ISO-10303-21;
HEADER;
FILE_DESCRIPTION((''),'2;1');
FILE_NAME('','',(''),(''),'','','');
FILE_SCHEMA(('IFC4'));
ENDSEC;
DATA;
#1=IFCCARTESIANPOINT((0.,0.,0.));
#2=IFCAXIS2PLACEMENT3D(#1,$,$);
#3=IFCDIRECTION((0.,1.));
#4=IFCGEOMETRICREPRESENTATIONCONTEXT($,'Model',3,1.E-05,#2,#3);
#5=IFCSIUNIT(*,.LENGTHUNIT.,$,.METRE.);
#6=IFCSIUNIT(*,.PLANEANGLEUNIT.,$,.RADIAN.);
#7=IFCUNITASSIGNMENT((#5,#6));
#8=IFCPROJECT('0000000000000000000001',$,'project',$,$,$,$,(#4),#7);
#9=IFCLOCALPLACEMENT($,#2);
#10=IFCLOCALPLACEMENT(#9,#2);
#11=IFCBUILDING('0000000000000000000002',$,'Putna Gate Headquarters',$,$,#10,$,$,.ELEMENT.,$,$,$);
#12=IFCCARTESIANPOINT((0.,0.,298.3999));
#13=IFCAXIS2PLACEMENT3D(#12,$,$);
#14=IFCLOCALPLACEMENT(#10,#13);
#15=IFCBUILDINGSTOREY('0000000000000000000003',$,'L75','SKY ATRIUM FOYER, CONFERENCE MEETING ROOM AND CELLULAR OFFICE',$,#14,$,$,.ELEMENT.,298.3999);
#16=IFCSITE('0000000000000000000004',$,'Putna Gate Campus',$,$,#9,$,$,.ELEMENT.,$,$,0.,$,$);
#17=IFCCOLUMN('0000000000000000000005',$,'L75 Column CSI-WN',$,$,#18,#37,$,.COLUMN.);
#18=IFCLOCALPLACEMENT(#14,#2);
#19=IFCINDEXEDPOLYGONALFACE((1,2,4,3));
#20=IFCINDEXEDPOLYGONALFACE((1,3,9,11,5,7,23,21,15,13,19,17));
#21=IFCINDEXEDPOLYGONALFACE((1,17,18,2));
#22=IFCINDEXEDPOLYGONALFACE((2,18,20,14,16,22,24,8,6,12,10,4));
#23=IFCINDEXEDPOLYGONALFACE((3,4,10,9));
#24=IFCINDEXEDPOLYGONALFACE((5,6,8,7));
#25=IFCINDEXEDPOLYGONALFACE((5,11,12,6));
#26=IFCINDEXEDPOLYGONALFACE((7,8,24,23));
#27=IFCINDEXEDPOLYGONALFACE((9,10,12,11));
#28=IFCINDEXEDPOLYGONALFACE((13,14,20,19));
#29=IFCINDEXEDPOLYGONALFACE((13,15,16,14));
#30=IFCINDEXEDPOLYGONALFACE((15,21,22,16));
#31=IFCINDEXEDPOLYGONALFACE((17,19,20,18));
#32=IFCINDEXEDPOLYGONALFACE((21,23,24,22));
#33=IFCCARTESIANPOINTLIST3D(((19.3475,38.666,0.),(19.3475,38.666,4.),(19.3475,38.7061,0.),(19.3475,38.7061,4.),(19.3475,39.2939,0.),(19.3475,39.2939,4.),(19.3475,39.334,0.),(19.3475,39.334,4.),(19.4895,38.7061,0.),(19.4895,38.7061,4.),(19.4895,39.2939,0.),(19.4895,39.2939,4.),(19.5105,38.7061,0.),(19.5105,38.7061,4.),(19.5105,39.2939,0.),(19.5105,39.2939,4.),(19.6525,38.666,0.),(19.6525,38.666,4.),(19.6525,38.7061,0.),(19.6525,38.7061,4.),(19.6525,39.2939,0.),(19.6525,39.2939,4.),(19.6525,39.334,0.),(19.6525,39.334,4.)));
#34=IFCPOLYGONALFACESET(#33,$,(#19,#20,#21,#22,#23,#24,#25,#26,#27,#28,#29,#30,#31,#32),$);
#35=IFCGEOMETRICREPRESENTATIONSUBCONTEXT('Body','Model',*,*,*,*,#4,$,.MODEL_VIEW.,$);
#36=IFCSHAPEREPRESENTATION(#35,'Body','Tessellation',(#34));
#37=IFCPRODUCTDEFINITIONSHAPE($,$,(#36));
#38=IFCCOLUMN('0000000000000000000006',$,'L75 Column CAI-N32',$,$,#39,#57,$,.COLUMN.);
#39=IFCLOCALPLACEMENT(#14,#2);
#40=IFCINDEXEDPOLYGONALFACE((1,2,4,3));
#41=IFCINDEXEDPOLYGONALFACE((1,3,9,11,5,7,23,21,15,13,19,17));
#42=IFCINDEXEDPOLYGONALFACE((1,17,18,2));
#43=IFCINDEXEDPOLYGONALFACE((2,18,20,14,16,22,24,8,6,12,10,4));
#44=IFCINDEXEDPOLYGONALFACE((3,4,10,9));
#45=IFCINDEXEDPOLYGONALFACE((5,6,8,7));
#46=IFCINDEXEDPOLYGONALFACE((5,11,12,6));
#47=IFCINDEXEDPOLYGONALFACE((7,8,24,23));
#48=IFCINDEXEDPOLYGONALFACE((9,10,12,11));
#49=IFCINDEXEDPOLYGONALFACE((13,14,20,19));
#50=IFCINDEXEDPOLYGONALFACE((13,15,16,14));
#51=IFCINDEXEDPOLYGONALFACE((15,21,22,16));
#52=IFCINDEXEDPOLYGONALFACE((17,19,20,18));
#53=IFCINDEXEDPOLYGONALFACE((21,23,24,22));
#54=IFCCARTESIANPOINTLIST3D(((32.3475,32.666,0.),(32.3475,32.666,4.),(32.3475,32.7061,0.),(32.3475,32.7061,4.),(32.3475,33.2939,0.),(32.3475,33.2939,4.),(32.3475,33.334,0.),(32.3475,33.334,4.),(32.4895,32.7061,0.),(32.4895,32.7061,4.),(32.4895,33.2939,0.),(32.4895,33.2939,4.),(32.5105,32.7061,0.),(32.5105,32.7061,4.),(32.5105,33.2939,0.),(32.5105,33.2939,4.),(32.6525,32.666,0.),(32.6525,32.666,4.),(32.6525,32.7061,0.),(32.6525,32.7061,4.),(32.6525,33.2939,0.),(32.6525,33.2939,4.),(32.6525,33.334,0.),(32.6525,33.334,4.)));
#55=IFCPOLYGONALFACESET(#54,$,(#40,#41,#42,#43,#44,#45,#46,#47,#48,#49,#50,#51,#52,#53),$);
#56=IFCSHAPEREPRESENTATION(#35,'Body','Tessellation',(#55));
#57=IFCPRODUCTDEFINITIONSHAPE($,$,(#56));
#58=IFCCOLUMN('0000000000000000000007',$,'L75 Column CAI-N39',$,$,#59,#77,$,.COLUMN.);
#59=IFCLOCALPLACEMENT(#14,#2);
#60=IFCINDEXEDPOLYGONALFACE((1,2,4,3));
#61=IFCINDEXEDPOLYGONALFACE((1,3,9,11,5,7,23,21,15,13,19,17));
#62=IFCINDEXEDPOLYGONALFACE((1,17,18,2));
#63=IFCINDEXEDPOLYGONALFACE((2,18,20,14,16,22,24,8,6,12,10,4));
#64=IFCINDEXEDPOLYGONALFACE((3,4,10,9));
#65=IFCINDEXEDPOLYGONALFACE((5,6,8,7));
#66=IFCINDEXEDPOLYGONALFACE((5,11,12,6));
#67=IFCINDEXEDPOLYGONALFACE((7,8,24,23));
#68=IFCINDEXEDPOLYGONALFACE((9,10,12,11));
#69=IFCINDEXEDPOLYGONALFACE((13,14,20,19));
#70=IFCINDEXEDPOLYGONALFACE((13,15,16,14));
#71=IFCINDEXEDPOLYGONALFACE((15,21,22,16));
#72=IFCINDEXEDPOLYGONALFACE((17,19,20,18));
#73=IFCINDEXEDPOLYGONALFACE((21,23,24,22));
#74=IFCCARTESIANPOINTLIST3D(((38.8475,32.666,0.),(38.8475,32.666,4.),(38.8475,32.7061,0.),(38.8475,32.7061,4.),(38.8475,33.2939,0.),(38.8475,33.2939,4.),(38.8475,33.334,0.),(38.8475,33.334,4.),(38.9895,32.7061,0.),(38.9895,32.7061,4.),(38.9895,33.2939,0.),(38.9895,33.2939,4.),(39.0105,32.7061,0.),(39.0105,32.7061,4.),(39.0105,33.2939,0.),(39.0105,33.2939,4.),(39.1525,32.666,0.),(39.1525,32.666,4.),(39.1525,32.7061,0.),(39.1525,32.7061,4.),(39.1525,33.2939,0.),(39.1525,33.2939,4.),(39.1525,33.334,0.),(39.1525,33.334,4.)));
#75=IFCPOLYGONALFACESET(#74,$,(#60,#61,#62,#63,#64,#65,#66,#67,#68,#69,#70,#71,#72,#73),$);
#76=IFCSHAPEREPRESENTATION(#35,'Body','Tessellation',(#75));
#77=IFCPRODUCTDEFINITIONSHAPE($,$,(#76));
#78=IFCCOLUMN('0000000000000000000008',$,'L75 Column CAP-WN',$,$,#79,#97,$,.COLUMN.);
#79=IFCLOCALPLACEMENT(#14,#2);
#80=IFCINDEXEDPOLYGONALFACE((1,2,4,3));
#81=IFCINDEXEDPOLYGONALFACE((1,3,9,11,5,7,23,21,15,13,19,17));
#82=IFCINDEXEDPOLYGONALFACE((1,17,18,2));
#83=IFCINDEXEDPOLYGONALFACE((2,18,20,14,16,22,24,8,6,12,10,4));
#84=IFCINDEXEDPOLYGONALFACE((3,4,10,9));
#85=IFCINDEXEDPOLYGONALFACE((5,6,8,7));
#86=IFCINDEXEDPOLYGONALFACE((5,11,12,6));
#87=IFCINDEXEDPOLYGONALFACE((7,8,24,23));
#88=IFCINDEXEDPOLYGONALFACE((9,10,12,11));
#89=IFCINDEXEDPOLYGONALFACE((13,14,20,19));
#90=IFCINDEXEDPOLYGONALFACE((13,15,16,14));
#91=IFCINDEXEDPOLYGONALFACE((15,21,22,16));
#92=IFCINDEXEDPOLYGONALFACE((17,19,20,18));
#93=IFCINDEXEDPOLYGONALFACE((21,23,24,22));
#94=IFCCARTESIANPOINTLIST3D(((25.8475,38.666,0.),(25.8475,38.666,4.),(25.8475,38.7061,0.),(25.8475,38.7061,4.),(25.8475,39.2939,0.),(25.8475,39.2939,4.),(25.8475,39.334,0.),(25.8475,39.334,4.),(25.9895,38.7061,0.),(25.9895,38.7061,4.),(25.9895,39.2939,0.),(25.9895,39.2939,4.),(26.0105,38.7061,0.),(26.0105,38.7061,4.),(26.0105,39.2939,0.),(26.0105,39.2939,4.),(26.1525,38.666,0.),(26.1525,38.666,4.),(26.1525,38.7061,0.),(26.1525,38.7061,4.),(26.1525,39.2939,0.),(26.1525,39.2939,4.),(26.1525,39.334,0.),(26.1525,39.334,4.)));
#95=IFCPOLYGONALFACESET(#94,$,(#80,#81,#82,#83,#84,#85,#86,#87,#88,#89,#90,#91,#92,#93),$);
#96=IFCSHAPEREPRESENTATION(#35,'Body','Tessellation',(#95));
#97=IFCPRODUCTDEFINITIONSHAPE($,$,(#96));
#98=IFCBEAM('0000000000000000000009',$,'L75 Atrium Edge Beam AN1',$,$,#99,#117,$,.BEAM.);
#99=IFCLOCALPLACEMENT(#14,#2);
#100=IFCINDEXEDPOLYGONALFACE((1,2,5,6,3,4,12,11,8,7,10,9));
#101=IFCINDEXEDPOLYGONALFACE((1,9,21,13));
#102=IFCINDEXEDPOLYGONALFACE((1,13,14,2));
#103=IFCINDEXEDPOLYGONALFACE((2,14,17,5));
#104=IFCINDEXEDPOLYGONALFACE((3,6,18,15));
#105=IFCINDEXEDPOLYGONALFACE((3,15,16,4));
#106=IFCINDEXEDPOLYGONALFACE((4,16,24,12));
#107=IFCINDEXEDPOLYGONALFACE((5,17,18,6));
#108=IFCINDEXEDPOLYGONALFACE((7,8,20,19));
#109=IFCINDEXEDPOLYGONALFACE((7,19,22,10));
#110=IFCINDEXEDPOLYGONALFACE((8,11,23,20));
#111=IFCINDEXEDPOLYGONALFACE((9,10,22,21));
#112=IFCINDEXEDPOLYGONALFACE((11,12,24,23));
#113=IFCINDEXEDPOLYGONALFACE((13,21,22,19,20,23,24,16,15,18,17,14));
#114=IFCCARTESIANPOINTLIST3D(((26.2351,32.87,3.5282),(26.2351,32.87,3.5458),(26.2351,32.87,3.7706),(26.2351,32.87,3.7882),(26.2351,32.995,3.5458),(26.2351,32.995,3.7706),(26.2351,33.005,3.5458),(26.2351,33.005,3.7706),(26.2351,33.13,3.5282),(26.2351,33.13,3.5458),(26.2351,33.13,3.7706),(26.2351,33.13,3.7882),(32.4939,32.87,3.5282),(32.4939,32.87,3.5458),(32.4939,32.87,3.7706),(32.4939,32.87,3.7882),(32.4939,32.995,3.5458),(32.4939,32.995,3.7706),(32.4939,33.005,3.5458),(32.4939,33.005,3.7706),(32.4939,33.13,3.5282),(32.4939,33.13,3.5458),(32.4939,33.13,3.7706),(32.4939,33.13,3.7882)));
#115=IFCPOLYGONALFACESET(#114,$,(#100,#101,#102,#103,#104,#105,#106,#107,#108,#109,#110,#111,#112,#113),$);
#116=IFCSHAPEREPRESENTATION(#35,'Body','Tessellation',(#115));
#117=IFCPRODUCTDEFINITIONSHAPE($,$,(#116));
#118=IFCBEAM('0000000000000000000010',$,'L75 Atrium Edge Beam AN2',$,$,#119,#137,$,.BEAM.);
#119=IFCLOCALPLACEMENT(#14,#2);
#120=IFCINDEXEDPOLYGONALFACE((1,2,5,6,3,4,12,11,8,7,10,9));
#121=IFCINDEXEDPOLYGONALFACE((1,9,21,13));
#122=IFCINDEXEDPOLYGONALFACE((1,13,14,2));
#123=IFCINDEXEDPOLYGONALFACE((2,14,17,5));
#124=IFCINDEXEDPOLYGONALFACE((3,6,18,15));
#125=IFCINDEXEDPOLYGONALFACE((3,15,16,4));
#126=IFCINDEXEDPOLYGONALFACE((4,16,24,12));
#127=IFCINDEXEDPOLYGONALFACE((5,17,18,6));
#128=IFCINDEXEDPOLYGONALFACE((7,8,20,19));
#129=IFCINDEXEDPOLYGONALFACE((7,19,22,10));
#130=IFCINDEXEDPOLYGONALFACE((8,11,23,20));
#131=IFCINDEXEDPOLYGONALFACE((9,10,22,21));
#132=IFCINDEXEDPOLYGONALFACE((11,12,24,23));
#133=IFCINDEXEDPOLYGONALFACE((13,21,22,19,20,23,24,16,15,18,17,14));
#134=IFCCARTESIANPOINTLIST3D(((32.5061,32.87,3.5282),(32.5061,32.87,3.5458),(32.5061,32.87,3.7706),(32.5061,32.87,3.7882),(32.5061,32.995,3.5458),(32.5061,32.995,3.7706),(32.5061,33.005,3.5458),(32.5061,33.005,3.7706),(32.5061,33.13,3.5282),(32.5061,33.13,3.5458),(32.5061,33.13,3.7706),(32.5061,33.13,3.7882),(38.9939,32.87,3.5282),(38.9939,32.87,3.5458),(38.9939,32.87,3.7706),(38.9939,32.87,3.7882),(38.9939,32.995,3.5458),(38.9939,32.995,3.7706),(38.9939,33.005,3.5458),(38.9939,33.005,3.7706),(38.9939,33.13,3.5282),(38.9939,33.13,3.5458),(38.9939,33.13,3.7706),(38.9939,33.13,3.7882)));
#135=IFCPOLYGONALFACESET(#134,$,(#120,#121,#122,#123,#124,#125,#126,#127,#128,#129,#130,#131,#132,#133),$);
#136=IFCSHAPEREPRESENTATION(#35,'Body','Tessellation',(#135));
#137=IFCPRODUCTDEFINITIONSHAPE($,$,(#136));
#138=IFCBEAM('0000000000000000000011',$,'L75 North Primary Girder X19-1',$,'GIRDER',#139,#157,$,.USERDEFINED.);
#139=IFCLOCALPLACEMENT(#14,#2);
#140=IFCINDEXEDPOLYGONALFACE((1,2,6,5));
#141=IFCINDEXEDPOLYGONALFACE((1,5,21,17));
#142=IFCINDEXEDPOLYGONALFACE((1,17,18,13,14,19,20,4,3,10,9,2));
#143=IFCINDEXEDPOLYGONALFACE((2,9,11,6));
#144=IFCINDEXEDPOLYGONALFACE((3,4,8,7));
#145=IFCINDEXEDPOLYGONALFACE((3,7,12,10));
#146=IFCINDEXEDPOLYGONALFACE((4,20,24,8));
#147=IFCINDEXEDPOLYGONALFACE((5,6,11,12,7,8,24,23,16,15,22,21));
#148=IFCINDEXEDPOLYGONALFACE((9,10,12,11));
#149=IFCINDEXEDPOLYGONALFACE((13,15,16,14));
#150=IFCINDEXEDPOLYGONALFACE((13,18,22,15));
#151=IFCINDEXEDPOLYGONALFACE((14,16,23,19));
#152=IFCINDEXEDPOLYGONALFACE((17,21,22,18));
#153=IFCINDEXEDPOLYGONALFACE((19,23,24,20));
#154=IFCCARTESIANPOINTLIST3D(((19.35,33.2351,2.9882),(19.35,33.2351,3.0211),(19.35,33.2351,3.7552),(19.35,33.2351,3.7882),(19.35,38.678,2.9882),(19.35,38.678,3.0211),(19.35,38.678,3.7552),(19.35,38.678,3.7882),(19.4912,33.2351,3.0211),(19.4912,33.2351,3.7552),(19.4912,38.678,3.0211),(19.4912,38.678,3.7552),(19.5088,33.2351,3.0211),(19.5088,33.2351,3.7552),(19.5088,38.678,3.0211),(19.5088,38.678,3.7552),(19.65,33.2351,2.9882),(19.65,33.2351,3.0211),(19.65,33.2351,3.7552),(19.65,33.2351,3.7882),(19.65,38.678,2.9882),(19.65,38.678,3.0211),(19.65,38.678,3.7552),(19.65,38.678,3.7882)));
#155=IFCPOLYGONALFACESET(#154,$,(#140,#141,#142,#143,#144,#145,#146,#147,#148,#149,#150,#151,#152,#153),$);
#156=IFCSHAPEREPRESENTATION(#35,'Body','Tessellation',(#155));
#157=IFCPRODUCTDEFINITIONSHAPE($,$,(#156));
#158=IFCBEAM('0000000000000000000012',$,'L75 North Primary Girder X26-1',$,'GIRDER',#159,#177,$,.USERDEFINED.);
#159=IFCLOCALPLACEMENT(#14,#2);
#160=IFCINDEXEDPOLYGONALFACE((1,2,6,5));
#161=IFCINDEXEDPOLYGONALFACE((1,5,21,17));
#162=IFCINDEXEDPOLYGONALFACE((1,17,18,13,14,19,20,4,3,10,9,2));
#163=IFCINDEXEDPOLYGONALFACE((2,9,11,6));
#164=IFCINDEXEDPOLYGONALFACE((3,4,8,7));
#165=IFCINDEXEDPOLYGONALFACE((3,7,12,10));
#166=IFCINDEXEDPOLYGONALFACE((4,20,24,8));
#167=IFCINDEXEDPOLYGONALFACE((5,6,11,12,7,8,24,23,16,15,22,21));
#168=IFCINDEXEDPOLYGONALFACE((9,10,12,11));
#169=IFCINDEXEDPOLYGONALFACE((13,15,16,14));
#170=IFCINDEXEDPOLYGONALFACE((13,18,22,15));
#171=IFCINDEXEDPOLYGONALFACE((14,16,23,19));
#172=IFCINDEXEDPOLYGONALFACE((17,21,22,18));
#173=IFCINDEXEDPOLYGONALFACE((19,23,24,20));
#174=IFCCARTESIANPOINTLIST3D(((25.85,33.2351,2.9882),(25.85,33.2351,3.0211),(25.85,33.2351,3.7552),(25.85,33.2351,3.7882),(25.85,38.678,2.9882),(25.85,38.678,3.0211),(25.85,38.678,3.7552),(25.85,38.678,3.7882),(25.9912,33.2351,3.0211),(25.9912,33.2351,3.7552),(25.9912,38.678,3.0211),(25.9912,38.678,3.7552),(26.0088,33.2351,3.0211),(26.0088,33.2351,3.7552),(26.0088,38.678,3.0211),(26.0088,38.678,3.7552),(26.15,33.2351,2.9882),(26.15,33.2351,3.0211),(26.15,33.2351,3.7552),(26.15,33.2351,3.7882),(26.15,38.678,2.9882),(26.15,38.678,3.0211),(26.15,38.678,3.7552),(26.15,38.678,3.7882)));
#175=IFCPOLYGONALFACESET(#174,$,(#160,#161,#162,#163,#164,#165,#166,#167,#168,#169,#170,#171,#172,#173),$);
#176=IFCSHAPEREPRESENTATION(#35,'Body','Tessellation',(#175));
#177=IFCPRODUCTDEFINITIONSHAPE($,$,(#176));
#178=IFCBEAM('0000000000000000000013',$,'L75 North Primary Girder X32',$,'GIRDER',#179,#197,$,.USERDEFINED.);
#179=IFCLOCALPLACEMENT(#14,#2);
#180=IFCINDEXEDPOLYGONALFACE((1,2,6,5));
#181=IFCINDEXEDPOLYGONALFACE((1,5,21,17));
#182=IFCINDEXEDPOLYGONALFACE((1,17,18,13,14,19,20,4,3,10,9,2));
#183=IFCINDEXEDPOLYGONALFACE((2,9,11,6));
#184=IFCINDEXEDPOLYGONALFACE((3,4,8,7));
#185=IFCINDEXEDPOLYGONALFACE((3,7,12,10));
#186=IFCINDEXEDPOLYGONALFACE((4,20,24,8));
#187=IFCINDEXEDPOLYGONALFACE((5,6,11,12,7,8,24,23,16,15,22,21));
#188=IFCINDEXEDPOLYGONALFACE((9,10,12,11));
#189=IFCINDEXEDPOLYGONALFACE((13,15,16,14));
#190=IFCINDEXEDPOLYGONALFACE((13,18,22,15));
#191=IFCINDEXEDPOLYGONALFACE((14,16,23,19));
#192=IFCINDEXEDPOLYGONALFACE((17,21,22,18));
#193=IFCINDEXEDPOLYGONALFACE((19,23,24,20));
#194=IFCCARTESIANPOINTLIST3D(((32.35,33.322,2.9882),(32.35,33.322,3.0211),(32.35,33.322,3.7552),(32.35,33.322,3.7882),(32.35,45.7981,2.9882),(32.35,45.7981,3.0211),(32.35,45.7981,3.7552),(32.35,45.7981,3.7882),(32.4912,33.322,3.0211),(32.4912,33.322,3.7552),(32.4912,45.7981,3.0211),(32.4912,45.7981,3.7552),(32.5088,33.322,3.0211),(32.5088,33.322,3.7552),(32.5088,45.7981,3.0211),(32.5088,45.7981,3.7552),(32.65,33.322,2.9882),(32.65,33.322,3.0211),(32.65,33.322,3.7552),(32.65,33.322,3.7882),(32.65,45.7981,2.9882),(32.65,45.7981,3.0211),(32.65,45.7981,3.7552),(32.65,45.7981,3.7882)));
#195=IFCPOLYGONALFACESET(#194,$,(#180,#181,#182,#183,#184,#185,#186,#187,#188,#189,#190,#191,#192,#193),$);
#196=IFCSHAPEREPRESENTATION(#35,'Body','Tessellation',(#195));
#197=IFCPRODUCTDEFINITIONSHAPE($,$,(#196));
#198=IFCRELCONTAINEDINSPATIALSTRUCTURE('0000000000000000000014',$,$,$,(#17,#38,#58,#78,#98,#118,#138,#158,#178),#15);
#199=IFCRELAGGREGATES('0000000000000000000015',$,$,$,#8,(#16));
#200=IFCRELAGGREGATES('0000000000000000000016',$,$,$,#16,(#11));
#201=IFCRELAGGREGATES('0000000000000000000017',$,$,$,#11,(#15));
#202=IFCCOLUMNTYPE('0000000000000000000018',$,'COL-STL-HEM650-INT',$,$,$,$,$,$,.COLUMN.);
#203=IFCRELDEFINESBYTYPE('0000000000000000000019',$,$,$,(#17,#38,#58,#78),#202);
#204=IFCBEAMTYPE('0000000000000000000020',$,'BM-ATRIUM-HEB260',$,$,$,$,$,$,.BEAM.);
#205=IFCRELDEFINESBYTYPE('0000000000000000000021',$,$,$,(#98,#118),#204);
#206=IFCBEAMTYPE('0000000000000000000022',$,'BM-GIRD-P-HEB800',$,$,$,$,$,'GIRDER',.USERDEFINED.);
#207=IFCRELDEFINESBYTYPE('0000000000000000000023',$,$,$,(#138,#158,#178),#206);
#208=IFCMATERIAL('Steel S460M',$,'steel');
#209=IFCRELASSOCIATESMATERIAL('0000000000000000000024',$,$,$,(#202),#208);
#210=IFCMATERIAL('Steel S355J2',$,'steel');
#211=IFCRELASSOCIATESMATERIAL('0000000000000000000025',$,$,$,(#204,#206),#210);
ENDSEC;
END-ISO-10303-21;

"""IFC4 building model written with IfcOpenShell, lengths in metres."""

from ifc_helpers import new_model, si_unit, direction, frame, origin, origin_2d, place, context, subcontext, project, spatial, i_section, extrude, material, material_profile, profile_set, type_object, element, save


model = new_model("IFC4")

# Units and contexts
model_context = context("Model", 3, precision=1e-05, world=origin(), true_north=direction((0.0, 1.0)))
body_context = subcontext(model_context, "Body", "Model", "MODEL_VIEW")
ifc_project = project(units=[si_unit("LENGTHUNIT", "METRE"), si_unit("PLANEANGLEUNIT", "RADIAN")], contexts=[model_context])

# Site, building, storey
site_placement = place(None, origin())
site = spatial("IfcSite", under=ifc_project, at=site_placement, Name="Putna Gate Campus", CompositionType="ELEMENT", RefElevation=0.0)
building_placement = place(site_placement, origin())
building = spatial("IfcBuilding", under=site, at=building_placement, Name="Putna Gate Headquarters", CompositionType="ELEMENT")
storey_placement = place(building_placement, frame((0.0, 0.0, 298.3999)))
storey = spatial("IfcBuildingStorey", under=building, at=storey_placement, Name="L75", Description="SKY ATRIUM FOYER, CONFERENCE MEETING ROOM AND CELLULAR OFFICE", CompositionType="ELEMENT", Elevation=298.3999)

# Columns
ifc_material_1 = material(Name="Steel S460M", Category="steel")
ifc_material_profile_1 = material_profile(ifc_material_1, i_section(OverallWidth=0.3049, OverallDepth=0.668, WebThickness=0.021, FlangeThickness=0.04, at=origin_2d()), Name="Steel S460M")
ifc_profile_set_1 = profile_set([ifc_material_profile_1], Name="Steel S460M")
column_type = type_object("IfcColumnType", Name="COL-STL-HEM650-INT", PredefinedType="COLUMN", material=ifc_profile_set_1)
for number, where, z_axis, x_axis, name in (
    (1, (19.5, 39.0, 0.0), (0.0, 0.0, 1.0), (1.0, 0.0, 0.0), "L75 Column CSI-WN"),
    (2, (32.5, 33.0, 0.0), (0.0, 0.0, 1.0), (1.0, 0.0, 0.0), "L75 Column CAI-N32"),
    (3, (39.0, 33.0, 0.0), (0.0, 0.0, 1.0), (1.0, 0.0, 0.0), "L75 Column CAI-N39"),
    (4, (26.0, 39.0, 0.0), (0.0, 0.0, 1.0), (1.0, 0.0, 0.0), "L75 Column CAP-WN"),
):
    element("IfcColumn", number, at=place(storey_placement, frame(where, z_axis=z_axis, x_axis=x_axis)), inside=storey, type_object=column_type, Name=name, PredefinedType="COLUMN", context=body_context, shape_type="SweptSolid", body=[
        extrude(i_section(OverallWidth=0.3049, OverallDepth=0.668, WebThickness=0.021, FlangeThickness=0.04, at=origin_2d()), origin(), (0.0, 0.0, 1.0), 4.0),
    ])

# Beams
ifc_material_2 = material(Name="Steel S355J2", Category="steel")
ifc_material_profile_2 = material_profile(ifc_material_2, i_section(OverallWidth=0.26, OverallDepth=0.26, WebThickness=0.01, FlangeThickness=0.0176, at=origin_2d()), Name="Steel S355J2")
ifc_profile_set_2 = profile_set([ifc_material_profile_2], Name="Steel S355J2")
beam_type_1 = type_object("IfcBeamType", Name="BM-ATRIUM-HEB260", PredefinedType="BEAM", material=ifc_profile_set_2)
beam_1_placement = place(storey_placement, frame((26.2351, 33.0, 3.6582), z_axis=(1.0, 0.0, 0.0), x_axis=(0.0, 1.0, 0.0)))
element("IfcBeam", 5, at=beam_1_placement, inside=storey, type_object=beam_type_1, Name="L75 Atrium Edge Beam AN1", PredefinedType="BEAM", context=body_context, shape_type="SweptSolid", body=[
    extrude(i_section(OverallWidth=0.26, OverallDepth=0.26, WebThickness=0.01, FlangeThickness=0.0176, at=origin_2d()), origin(), (0.0, 0.0, 1.0), 6.2588),
])
beam_2_placement = place(storey_placement, frame((32.5061, 33.0, 3.6582), z_axis=(1.0, 0.0, 0.0), x_axis=(0.0, 1.0, 0.0)))
element("IfcBeam", 6, at=beam_2_placement, inside=storey, type_object=beam_type_1, Name="L75 Atrium Edge Beam AN2", PredefinedType="BEAM", context=body_context, shape_type="SweptSolid", body=[
    extrude(i_section(OverallWidth=0.26, OverallDepth=0.26, WebThickness=0.01, FlangeThickness=0.0176, at=origin_2d()), origin(), (0.0, 0.0, 1.0), 6.4878),
])
ifc_material_profile_3 = material_profile(ifc_material_2, i_section(OverallWidth=0.3, OverallDepth=0.8, WebThickness=0.0176, FlangeThickness=0.033, at=origin_2d()), Name="Steel S355J2")
ifc_profile_set_3 = profile_set([ifc_material_profile_3], Name="Steel S355J2")
beam_type_2 = type_object("IfcBeamType", Name="BM-GIRD-P-HEB800", ElementType="GIRDER", PredefinedType="USERDEFINED", material=ifc_profile_set_3)
for number, where, z_axis, x_axis, name in (
    (7, (19.5, 33.2351, 3.3882), (0.0, 1.0, 0.0), (-1.0, 0.0, 0.0), "L75 North Primary Girder X19-1"),
    (8, (26.0, 33.2351, 3.3882), (0.0, 1.0, 0.0), (-1.0, 0.0, 0.0), "L75 North Primary Girder X26-1"),
):
    element("IfcBeam", number, at=place(storey_placement, frame(where, z_axis=z_axis, x_axis=x_axis)), inside=storey, type_object=beam_type_2, Name=name, ObjectType="GIRDER", PredefinedType="USERDEFINED", context=body_context, shape_type="SweptSolid", body=[
        extrude(i_section(OverallWidth=0.3, OverallDepth=0.8, WebThickness=0.0176, FlangeThickness=0.033, at=origin_2d()), origin(), (0.0, 0.0, 1.0), 5.4429),
    ])
for number, where, z_axis, x_axis, name in (
    (9, (32.5, 33.322, 3.3882), (0.0, 1.0, 0.0), (-1.0, 0.0, 0.0), "L75 North Primary Girder X32"),
):
    element("IfcBeam", number, at=place(storey_placement, frame(where, z_axis=z_axis, x_axis=x_axis)), inside=storey, type_object=beam_type_2, Name=name, ObjectType="GIRDER", PredefinedType="USERDEFINED", context=body_context, shape_type="SweptSolid", body=[
        extrude(i_section(OverallWidth=0.3, OverallDepth=0.8, WebThickness=0.0176, FlangeThickness=0.033, at=origin_2d()), origin(), (0.0, 0.0, 1.0), 12.4761),
    ])

save(model, "model.ifc")
